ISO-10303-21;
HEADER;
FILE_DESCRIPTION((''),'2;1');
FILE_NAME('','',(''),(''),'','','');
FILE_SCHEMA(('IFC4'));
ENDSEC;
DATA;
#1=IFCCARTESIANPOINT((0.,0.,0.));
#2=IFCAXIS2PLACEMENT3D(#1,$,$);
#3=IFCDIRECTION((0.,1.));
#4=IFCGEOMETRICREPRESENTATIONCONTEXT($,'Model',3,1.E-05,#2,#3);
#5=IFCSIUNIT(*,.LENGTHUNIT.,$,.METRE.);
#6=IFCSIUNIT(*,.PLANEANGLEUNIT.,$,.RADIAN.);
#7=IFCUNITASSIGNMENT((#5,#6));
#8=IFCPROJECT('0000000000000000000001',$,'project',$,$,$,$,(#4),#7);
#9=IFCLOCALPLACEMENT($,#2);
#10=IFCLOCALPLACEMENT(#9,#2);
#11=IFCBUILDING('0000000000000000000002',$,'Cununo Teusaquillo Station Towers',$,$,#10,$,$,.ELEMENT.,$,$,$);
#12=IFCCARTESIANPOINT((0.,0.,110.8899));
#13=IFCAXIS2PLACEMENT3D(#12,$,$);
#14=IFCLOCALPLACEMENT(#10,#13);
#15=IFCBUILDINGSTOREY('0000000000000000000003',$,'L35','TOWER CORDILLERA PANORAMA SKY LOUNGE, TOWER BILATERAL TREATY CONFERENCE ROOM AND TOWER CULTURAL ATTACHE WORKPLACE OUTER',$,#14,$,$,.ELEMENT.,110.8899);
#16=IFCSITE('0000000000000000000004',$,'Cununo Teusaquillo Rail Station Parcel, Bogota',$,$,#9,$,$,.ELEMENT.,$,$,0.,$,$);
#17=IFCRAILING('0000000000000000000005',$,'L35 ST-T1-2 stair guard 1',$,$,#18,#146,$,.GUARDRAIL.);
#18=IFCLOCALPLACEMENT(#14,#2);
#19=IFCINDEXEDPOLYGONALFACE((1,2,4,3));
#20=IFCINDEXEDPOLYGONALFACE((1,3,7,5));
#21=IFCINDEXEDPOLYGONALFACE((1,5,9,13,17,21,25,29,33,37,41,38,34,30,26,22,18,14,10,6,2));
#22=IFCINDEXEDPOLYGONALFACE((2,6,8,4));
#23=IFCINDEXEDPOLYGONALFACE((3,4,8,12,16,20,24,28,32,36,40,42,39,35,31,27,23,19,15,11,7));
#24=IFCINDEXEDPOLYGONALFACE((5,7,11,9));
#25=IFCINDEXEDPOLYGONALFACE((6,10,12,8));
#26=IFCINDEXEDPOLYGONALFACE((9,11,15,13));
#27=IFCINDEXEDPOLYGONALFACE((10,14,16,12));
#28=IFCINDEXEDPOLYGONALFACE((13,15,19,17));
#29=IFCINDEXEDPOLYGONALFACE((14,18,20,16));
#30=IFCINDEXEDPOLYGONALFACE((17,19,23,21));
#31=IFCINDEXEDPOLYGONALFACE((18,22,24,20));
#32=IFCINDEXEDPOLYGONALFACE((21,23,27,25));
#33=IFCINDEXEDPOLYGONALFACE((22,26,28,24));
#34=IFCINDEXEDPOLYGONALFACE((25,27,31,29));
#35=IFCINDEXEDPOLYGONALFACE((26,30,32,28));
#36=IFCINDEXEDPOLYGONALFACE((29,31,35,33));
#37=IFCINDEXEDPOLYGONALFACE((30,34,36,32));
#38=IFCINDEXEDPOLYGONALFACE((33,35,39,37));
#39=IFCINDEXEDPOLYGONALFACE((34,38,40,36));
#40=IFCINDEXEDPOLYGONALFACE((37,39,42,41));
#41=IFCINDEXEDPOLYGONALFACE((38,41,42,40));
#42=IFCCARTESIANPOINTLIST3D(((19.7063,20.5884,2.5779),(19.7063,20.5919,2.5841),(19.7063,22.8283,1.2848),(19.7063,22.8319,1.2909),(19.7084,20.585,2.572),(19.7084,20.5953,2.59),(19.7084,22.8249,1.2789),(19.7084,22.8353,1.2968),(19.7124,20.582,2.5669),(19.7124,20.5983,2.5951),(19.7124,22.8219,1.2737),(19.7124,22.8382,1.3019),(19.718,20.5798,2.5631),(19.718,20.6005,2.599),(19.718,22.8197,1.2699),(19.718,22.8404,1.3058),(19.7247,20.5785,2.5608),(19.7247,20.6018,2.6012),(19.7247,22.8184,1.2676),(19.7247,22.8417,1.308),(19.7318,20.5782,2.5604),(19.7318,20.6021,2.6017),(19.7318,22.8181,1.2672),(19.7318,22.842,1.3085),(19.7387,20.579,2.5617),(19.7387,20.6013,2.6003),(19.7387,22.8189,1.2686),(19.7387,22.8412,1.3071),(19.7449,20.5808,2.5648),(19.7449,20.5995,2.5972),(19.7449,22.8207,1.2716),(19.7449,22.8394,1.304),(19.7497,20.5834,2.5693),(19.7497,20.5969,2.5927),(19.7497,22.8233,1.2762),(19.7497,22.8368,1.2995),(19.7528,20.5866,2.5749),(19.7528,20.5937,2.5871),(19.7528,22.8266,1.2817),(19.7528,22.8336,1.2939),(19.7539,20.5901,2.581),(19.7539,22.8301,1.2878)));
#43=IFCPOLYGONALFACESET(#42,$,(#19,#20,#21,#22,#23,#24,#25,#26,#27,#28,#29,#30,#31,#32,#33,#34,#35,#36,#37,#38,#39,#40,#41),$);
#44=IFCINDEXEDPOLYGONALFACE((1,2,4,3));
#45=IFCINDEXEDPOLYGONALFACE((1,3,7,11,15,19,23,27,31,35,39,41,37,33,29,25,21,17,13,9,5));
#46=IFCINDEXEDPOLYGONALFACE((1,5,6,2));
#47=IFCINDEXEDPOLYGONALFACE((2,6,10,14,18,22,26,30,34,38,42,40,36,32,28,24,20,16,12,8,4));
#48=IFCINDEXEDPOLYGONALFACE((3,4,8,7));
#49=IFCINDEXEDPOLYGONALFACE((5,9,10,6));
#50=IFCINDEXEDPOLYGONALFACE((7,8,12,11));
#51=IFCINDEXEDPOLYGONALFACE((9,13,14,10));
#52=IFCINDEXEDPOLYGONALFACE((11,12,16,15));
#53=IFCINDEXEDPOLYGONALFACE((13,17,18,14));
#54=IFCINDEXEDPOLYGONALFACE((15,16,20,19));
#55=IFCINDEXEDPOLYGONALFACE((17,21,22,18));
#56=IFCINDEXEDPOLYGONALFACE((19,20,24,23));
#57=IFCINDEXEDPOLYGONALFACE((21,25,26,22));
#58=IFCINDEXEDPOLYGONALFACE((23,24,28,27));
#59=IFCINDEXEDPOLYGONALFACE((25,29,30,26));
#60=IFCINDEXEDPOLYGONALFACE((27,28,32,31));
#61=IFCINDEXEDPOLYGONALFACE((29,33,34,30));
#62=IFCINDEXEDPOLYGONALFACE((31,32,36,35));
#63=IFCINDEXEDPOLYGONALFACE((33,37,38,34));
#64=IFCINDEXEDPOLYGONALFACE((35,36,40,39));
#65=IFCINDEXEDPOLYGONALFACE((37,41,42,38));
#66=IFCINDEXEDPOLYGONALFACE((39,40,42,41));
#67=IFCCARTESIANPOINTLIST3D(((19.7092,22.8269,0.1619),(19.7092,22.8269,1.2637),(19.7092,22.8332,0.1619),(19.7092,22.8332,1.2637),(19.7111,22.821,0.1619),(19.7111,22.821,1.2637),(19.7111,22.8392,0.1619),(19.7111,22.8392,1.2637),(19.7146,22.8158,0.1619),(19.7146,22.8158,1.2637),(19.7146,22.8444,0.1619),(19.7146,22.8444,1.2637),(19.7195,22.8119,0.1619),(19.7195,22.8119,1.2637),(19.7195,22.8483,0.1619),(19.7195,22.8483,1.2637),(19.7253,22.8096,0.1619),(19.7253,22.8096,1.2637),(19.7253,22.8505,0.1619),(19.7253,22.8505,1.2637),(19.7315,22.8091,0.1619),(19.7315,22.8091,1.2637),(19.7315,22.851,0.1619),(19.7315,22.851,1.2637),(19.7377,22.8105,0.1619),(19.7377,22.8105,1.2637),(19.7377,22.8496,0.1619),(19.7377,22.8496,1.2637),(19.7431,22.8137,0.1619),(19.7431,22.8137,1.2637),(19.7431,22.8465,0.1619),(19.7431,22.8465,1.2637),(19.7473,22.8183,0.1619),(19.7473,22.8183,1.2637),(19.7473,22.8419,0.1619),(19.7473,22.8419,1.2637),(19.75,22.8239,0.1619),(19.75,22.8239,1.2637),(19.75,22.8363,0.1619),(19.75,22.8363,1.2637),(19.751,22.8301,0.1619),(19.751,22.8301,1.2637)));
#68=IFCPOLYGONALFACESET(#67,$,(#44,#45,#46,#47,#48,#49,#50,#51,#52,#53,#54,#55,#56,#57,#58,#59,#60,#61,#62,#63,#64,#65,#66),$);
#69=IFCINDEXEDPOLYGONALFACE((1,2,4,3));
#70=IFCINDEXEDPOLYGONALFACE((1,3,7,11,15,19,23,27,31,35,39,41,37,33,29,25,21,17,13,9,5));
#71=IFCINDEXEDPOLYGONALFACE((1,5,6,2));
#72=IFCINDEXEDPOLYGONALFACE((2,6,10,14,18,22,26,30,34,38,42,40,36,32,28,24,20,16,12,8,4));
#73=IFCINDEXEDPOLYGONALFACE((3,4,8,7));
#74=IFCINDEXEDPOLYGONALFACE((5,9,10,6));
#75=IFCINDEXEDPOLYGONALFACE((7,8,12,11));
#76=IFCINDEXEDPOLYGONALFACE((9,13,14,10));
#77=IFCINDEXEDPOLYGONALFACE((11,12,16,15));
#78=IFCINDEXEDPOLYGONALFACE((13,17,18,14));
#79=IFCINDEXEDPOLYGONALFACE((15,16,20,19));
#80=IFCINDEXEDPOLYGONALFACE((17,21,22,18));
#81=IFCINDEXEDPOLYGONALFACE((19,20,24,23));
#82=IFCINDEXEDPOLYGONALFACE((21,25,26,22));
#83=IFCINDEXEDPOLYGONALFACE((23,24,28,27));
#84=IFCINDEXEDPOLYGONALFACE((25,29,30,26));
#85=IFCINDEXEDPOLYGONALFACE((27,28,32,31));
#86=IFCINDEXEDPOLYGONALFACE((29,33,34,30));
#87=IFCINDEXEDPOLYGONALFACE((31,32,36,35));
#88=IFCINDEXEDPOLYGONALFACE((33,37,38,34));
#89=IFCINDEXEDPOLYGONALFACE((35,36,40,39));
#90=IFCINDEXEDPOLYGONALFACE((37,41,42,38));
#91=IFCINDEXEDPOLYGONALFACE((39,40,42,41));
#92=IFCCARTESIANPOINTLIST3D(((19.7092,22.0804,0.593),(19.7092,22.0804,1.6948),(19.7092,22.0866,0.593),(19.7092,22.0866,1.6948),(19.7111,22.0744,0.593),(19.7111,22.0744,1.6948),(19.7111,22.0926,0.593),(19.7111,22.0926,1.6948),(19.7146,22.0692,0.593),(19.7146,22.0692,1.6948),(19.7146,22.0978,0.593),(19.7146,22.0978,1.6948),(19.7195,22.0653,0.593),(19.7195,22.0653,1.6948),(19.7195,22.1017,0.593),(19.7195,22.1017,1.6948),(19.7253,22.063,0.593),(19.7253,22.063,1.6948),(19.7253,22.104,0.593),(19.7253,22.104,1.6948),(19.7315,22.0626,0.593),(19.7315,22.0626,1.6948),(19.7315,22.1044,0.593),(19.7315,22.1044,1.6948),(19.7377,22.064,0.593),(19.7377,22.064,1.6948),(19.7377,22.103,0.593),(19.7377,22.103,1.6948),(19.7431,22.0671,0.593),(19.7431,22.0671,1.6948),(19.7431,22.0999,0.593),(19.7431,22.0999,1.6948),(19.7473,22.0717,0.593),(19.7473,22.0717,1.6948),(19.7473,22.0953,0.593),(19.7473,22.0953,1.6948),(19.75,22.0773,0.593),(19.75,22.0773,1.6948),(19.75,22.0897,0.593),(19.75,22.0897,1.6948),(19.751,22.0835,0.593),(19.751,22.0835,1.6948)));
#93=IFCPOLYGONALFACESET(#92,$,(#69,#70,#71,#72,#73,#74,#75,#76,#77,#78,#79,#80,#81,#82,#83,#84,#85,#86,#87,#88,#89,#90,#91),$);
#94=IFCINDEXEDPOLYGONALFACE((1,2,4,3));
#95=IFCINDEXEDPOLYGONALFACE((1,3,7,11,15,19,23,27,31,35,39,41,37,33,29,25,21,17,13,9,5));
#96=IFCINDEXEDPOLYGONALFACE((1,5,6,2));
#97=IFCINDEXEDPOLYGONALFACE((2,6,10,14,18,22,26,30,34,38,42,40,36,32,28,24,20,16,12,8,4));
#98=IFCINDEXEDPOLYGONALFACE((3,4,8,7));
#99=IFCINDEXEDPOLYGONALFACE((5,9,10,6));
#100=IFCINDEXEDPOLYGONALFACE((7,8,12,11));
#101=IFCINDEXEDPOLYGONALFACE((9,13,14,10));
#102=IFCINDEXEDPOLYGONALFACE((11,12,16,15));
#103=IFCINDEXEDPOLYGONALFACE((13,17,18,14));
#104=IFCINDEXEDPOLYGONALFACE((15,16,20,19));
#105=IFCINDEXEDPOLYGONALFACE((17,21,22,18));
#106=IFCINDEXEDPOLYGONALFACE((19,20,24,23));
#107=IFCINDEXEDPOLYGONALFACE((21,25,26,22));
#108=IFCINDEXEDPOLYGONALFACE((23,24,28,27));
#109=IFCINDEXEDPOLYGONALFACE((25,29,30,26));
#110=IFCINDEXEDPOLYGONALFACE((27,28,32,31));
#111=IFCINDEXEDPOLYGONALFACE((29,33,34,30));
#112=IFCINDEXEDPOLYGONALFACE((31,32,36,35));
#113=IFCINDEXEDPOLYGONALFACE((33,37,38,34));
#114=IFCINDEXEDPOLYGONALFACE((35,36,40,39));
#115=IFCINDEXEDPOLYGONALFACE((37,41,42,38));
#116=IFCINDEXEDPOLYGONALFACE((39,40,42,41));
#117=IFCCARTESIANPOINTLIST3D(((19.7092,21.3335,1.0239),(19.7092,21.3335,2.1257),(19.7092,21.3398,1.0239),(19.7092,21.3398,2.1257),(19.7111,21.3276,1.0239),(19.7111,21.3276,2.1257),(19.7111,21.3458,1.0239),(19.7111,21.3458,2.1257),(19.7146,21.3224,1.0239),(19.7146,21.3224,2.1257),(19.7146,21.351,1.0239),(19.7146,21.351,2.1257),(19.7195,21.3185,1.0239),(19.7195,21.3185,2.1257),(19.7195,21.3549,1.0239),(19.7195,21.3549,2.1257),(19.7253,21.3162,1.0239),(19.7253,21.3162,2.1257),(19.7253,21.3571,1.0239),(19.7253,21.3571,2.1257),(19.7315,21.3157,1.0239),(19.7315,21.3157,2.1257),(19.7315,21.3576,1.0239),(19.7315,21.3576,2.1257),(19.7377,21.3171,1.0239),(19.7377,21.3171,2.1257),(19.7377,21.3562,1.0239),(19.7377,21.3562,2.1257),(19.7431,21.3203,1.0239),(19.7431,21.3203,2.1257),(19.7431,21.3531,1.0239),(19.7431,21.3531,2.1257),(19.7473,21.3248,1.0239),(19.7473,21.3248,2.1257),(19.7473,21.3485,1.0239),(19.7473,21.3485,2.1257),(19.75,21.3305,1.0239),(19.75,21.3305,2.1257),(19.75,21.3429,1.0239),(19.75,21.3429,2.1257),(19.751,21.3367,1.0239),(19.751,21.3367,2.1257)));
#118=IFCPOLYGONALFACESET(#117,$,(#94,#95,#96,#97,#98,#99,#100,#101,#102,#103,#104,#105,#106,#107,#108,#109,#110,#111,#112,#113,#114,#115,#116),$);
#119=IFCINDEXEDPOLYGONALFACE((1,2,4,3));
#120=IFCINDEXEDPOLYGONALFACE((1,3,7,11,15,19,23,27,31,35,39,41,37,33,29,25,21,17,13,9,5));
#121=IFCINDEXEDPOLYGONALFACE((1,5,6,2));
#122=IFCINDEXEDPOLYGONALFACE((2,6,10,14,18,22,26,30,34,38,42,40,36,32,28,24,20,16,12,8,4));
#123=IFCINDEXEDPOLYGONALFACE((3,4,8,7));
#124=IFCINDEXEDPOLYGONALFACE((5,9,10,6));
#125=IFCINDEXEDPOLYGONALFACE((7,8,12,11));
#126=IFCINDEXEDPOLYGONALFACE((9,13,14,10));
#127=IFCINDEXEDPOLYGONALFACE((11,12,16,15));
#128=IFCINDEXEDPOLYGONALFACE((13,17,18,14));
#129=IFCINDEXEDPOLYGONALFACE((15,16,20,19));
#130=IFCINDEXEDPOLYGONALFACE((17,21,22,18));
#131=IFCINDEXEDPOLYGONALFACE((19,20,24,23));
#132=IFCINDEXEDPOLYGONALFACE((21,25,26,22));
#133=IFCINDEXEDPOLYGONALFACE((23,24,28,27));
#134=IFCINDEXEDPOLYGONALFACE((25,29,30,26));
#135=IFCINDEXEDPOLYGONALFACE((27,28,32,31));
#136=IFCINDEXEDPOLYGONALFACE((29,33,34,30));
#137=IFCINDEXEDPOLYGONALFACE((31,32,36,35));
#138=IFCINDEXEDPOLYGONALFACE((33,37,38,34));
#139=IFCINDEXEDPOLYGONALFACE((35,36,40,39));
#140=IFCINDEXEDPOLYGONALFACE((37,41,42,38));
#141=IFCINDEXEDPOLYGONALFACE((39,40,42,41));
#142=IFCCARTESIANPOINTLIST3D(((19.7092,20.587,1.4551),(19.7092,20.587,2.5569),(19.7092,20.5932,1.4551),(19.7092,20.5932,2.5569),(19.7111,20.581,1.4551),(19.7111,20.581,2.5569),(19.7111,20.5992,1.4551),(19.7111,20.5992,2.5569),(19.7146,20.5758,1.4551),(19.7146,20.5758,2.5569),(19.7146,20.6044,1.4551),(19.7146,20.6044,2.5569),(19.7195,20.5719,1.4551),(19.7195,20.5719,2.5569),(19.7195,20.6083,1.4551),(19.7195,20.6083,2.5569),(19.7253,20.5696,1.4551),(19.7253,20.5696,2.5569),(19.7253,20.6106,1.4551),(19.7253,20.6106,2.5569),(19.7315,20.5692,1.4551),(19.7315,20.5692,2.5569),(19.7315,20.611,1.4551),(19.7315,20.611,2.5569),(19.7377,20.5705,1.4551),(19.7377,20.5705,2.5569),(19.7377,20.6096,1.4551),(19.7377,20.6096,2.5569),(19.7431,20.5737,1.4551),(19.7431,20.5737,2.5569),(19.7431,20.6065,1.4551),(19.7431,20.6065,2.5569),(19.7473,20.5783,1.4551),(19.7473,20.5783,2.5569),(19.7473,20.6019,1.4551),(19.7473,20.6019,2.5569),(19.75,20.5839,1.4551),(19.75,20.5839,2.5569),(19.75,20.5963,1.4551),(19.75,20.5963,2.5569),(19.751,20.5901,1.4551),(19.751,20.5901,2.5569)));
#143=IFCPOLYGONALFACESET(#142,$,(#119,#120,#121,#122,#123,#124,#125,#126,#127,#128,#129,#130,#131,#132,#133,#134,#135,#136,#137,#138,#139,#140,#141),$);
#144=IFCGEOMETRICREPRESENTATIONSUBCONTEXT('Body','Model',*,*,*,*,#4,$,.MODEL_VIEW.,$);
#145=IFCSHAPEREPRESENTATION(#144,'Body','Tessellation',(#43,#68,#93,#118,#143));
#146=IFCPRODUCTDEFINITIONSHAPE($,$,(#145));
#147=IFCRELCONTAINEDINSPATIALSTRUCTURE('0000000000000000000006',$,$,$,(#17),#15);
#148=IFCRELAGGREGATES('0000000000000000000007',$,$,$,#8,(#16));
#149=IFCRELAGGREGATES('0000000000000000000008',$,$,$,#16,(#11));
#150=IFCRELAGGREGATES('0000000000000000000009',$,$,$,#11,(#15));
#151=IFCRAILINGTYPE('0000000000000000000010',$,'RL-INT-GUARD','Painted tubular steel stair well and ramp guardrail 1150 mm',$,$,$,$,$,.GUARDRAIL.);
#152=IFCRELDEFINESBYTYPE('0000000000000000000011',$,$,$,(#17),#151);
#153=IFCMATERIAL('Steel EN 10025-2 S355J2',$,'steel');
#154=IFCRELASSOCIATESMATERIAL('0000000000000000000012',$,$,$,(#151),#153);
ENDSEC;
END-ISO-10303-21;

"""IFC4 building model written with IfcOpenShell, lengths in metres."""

from ifc_helpers import new_model, si_unit, direction, frame, origin, origin_2d, place, context, subcontext, project, spatial, circle, extrude, material, type_object, element, save


model = new_model("IFC4")

# Units and contexts
model_context = context("Model", 3, precision=1e-05, world=origin(), true_north=direction((0.0, 1.0)))
body_context = subcontext(model_context, "Body", "Model", "MODEL_VIEW")
ifc_project = project(units=[si_unit("LENGTHUNIT", "METRE"), si_unit("PLANEANGLEUNIT", "RADIAN")], contexts=[model_context])

# Site, building, storey
site_placement = place(None, origin())
site = spatial("IfcSite", under=ifc_project, at=site_placement, Name="Cununo Teusaquillo Rail Station Parcel, Bogota", CompositionType="ELEMENT", RefElevation=0.0)
building_placement = place(site_placement, origin())
building = spatial("IfcBuilding", under=site, at=building_placement, Name="Cununo Teusaquillo Station Towers", CompositionType="ELEMENT")
storey_placement = place(building_placement, frame((0.0, 0.0, 110.8899)))
storey = spatial("IfcBuildingStorey", under=building, at=storey_placement, Name="L35", Description="TOWER CORDILLERA PANORAMA SKY LOUNGE, TOWER BILATERAL TREATY CONFERENCE ROOM AND TOWER CULTURAL ATTACHE WORKPLACE OUTER", CompositionType="ELEMENT", Elevation=110.8899)

# Railing
ifc_material_1 = material(Name="Steel EN 10025-2 S355J2", Category="steel")
railing_type_1 = type_object("IfcRailingType", Name="RL-INT-GUARD", Description="Painted tubular steel stair well and ramp guardrail 1150 mm", PredefinedType="GUARDRAIL", material=ifc_material_1)
railing_1_placement = place(storey_placement, frame((19.73, 22.8301, 0.1619)))
element("IfcRailing", 1, at=railing_1_placement, inside=storey, type_object=railing_type_1, Name="L35 ST-T1-2 stair guard 1", PredefinedType="GUARDRAIL", context=body_context, shape_type="SweptSolid", body=[
    extrude(circle(Radius=0.0239, at=origin_2d()), frame((0.0, 0.0, 1.126), z_axis=(0.0, -0.866033, 0.499987), x_axis=(1.0, 0.0, 0.0)), (0.0, 0.0, 1.0), 2.5864),
    extrude(circle(Radius=0.021, at=origin_2d()), origin(), (0.0, 0.0, 1.0), 1.1018),
    extrude(circle(Radius=0.021, at=origin_2d()), frame((0.0, -0.7466, 0.4312)), (0.0, 0.0, 1.0), 1.1018),
    extrude(circle(Radius=0.021, at=origin_2d()), frame((0.0, -1.4934, 0.8621)), (0.0, 0.0, 1.0), 1.1018),
    extrude(circle(Radius=0.021, at=origin_2d()), frame((0.0, -2.24, 1.2932)), (0.0, 0.0, 1.0), 1.1018),
])

save(model, "model.ifc")
